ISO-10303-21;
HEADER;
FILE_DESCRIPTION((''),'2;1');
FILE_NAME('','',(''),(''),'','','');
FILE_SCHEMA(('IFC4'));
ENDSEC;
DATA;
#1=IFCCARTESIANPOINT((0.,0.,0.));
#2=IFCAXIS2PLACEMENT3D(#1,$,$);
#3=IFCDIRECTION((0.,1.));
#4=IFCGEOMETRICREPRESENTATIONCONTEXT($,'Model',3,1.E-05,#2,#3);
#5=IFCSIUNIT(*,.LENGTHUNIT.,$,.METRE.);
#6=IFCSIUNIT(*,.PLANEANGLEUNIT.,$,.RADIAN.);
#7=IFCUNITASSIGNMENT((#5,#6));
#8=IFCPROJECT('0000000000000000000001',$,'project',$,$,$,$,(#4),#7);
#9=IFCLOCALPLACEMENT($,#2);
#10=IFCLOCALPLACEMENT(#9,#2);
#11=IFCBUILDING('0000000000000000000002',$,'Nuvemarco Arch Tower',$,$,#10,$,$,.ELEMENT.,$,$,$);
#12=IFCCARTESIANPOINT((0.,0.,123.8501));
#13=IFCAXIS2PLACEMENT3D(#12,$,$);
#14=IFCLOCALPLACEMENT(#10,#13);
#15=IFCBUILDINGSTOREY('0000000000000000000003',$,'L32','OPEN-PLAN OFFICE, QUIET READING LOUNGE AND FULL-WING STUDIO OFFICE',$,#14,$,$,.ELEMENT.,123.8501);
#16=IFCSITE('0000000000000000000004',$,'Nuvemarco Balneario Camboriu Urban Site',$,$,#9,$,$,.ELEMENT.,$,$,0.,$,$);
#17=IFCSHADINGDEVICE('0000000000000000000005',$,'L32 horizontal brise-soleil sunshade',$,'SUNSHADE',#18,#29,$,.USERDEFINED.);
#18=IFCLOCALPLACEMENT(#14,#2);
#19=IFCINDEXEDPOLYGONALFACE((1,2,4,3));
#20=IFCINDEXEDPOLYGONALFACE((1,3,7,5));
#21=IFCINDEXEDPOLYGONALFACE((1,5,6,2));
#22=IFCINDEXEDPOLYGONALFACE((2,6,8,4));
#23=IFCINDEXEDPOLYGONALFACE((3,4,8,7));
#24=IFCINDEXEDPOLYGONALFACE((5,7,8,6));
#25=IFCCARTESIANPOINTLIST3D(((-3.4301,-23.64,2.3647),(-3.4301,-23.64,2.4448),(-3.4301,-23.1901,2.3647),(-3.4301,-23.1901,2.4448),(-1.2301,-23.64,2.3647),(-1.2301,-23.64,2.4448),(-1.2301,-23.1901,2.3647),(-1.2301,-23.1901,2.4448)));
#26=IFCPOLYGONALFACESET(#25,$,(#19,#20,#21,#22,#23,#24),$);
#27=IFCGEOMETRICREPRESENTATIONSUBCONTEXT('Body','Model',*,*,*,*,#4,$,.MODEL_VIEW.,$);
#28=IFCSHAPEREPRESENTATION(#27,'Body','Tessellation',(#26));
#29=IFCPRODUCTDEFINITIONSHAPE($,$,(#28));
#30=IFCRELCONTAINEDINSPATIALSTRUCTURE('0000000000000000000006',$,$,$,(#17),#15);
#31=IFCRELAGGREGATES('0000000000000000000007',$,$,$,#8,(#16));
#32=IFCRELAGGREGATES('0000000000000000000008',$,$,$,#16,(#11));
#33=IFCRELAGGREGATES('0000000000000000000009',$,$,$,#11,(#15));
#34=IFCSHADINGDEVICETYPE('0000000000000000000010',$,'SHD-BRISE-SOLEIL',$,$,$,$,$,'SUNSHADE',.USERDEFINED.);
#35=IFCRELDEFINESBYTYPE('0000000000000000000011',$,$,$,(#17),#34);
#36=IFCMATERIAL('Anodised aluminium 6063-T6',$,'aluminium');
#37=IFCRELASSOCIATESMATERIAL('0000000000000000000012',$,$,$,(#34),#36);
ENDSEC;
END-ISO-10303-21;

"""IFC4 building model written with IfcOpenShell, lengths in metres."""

from ifc_helpers import new_model, si_unit, direction, frame, origin, origin_2d, place, context, subcontext, project, spatial, rectangle, extrude, source, transform, mapped, material, type_object, type_shapes, element, save


model = new_model("IFC4")

# Units and contexts
model_context = context("Model", 3, precision=1e-05, world=origin(), true_north=direction((0.0, 1.0)))
body_context = subcontext(model_context, "Body", "Model", "MODEL_VIEW")
ifc_project = project(units=[si_unit("LENGTHUNIT", "METRE"), si_unit("PLANEANGLEUNIT", "RADIAN")], contexts=[model_context])

# Site, building, storey
site_placement = place(None, origin())
site = spatial("IfcSite", under=ifc_project, at=site_placement, Name="Nuvemarco Balneario Camboriu Urban Site", CompositionType="ELEMENT", RefElevation=0.0)
building_placement = place(site_placement, origin())
building = spatial("IfcBuilding", under=site, at=building_placement, Name="Nuvemarco Arch Tower", CompositionType="ELEMENT")
storey_placement = place(building_placement, frame((0.0, 0.0, 123.8501)))
storey = spatial("IfcBuildingStorey", under=building, at=storey_placement, Name="L32", Description="OPEN-PLAN OFFICE, QUIET READING LOUNGE AND FULL-WING STUDIO OFFICE", CompositionType="ELEMENT", Elevation=123.8501)

# Shading device
ifc_material_1 = material(Name="Anodised aluminium 6063-T6", Category="aluminium")
shading_device_type = type_object("IfcShadingDeviceType", Name="SHD-BRISE-SOLEIL", ElementType="SUNSHADE", PredefinedType="USERDEFINED", material=ifc_material_1)
shared_shape_1 = source(origin(), body_context, "Body", "SweptSolid", [
    extrude(rectangle(XDim=2.2, YDim=0.45, at=origin_2d()), origin(), (0.0, 0.0, 1.0), 0.0801),
])
type_shapes(shading_device_type, [shared_shape_1])
for number, where, z_axis, x_axis, name in (
    (1, (-2.3301, -23.415, 2.3647), (0.0, 0.0, 1.0), (1.0, 0.0, 0.0), "L32 horizontal brise-soleil sunshade"),
):
    element("IfcShadingDevice", number, at=place(storey_placement, frame(where, z_axis=z_axis, x_axis=x_axis)), inside=storey, type_object=shading_device_type, Name=name, ObjectType="SUNSHADE", PredefinedType="USERDEFINED", context=body_context, shape_type="MappedRepresentation", body=[
        mapped(shared_shape_1, transform((0.0, 0.0, 0.0), scale=1.0)),
    ])

save(model, "model.ifc")
